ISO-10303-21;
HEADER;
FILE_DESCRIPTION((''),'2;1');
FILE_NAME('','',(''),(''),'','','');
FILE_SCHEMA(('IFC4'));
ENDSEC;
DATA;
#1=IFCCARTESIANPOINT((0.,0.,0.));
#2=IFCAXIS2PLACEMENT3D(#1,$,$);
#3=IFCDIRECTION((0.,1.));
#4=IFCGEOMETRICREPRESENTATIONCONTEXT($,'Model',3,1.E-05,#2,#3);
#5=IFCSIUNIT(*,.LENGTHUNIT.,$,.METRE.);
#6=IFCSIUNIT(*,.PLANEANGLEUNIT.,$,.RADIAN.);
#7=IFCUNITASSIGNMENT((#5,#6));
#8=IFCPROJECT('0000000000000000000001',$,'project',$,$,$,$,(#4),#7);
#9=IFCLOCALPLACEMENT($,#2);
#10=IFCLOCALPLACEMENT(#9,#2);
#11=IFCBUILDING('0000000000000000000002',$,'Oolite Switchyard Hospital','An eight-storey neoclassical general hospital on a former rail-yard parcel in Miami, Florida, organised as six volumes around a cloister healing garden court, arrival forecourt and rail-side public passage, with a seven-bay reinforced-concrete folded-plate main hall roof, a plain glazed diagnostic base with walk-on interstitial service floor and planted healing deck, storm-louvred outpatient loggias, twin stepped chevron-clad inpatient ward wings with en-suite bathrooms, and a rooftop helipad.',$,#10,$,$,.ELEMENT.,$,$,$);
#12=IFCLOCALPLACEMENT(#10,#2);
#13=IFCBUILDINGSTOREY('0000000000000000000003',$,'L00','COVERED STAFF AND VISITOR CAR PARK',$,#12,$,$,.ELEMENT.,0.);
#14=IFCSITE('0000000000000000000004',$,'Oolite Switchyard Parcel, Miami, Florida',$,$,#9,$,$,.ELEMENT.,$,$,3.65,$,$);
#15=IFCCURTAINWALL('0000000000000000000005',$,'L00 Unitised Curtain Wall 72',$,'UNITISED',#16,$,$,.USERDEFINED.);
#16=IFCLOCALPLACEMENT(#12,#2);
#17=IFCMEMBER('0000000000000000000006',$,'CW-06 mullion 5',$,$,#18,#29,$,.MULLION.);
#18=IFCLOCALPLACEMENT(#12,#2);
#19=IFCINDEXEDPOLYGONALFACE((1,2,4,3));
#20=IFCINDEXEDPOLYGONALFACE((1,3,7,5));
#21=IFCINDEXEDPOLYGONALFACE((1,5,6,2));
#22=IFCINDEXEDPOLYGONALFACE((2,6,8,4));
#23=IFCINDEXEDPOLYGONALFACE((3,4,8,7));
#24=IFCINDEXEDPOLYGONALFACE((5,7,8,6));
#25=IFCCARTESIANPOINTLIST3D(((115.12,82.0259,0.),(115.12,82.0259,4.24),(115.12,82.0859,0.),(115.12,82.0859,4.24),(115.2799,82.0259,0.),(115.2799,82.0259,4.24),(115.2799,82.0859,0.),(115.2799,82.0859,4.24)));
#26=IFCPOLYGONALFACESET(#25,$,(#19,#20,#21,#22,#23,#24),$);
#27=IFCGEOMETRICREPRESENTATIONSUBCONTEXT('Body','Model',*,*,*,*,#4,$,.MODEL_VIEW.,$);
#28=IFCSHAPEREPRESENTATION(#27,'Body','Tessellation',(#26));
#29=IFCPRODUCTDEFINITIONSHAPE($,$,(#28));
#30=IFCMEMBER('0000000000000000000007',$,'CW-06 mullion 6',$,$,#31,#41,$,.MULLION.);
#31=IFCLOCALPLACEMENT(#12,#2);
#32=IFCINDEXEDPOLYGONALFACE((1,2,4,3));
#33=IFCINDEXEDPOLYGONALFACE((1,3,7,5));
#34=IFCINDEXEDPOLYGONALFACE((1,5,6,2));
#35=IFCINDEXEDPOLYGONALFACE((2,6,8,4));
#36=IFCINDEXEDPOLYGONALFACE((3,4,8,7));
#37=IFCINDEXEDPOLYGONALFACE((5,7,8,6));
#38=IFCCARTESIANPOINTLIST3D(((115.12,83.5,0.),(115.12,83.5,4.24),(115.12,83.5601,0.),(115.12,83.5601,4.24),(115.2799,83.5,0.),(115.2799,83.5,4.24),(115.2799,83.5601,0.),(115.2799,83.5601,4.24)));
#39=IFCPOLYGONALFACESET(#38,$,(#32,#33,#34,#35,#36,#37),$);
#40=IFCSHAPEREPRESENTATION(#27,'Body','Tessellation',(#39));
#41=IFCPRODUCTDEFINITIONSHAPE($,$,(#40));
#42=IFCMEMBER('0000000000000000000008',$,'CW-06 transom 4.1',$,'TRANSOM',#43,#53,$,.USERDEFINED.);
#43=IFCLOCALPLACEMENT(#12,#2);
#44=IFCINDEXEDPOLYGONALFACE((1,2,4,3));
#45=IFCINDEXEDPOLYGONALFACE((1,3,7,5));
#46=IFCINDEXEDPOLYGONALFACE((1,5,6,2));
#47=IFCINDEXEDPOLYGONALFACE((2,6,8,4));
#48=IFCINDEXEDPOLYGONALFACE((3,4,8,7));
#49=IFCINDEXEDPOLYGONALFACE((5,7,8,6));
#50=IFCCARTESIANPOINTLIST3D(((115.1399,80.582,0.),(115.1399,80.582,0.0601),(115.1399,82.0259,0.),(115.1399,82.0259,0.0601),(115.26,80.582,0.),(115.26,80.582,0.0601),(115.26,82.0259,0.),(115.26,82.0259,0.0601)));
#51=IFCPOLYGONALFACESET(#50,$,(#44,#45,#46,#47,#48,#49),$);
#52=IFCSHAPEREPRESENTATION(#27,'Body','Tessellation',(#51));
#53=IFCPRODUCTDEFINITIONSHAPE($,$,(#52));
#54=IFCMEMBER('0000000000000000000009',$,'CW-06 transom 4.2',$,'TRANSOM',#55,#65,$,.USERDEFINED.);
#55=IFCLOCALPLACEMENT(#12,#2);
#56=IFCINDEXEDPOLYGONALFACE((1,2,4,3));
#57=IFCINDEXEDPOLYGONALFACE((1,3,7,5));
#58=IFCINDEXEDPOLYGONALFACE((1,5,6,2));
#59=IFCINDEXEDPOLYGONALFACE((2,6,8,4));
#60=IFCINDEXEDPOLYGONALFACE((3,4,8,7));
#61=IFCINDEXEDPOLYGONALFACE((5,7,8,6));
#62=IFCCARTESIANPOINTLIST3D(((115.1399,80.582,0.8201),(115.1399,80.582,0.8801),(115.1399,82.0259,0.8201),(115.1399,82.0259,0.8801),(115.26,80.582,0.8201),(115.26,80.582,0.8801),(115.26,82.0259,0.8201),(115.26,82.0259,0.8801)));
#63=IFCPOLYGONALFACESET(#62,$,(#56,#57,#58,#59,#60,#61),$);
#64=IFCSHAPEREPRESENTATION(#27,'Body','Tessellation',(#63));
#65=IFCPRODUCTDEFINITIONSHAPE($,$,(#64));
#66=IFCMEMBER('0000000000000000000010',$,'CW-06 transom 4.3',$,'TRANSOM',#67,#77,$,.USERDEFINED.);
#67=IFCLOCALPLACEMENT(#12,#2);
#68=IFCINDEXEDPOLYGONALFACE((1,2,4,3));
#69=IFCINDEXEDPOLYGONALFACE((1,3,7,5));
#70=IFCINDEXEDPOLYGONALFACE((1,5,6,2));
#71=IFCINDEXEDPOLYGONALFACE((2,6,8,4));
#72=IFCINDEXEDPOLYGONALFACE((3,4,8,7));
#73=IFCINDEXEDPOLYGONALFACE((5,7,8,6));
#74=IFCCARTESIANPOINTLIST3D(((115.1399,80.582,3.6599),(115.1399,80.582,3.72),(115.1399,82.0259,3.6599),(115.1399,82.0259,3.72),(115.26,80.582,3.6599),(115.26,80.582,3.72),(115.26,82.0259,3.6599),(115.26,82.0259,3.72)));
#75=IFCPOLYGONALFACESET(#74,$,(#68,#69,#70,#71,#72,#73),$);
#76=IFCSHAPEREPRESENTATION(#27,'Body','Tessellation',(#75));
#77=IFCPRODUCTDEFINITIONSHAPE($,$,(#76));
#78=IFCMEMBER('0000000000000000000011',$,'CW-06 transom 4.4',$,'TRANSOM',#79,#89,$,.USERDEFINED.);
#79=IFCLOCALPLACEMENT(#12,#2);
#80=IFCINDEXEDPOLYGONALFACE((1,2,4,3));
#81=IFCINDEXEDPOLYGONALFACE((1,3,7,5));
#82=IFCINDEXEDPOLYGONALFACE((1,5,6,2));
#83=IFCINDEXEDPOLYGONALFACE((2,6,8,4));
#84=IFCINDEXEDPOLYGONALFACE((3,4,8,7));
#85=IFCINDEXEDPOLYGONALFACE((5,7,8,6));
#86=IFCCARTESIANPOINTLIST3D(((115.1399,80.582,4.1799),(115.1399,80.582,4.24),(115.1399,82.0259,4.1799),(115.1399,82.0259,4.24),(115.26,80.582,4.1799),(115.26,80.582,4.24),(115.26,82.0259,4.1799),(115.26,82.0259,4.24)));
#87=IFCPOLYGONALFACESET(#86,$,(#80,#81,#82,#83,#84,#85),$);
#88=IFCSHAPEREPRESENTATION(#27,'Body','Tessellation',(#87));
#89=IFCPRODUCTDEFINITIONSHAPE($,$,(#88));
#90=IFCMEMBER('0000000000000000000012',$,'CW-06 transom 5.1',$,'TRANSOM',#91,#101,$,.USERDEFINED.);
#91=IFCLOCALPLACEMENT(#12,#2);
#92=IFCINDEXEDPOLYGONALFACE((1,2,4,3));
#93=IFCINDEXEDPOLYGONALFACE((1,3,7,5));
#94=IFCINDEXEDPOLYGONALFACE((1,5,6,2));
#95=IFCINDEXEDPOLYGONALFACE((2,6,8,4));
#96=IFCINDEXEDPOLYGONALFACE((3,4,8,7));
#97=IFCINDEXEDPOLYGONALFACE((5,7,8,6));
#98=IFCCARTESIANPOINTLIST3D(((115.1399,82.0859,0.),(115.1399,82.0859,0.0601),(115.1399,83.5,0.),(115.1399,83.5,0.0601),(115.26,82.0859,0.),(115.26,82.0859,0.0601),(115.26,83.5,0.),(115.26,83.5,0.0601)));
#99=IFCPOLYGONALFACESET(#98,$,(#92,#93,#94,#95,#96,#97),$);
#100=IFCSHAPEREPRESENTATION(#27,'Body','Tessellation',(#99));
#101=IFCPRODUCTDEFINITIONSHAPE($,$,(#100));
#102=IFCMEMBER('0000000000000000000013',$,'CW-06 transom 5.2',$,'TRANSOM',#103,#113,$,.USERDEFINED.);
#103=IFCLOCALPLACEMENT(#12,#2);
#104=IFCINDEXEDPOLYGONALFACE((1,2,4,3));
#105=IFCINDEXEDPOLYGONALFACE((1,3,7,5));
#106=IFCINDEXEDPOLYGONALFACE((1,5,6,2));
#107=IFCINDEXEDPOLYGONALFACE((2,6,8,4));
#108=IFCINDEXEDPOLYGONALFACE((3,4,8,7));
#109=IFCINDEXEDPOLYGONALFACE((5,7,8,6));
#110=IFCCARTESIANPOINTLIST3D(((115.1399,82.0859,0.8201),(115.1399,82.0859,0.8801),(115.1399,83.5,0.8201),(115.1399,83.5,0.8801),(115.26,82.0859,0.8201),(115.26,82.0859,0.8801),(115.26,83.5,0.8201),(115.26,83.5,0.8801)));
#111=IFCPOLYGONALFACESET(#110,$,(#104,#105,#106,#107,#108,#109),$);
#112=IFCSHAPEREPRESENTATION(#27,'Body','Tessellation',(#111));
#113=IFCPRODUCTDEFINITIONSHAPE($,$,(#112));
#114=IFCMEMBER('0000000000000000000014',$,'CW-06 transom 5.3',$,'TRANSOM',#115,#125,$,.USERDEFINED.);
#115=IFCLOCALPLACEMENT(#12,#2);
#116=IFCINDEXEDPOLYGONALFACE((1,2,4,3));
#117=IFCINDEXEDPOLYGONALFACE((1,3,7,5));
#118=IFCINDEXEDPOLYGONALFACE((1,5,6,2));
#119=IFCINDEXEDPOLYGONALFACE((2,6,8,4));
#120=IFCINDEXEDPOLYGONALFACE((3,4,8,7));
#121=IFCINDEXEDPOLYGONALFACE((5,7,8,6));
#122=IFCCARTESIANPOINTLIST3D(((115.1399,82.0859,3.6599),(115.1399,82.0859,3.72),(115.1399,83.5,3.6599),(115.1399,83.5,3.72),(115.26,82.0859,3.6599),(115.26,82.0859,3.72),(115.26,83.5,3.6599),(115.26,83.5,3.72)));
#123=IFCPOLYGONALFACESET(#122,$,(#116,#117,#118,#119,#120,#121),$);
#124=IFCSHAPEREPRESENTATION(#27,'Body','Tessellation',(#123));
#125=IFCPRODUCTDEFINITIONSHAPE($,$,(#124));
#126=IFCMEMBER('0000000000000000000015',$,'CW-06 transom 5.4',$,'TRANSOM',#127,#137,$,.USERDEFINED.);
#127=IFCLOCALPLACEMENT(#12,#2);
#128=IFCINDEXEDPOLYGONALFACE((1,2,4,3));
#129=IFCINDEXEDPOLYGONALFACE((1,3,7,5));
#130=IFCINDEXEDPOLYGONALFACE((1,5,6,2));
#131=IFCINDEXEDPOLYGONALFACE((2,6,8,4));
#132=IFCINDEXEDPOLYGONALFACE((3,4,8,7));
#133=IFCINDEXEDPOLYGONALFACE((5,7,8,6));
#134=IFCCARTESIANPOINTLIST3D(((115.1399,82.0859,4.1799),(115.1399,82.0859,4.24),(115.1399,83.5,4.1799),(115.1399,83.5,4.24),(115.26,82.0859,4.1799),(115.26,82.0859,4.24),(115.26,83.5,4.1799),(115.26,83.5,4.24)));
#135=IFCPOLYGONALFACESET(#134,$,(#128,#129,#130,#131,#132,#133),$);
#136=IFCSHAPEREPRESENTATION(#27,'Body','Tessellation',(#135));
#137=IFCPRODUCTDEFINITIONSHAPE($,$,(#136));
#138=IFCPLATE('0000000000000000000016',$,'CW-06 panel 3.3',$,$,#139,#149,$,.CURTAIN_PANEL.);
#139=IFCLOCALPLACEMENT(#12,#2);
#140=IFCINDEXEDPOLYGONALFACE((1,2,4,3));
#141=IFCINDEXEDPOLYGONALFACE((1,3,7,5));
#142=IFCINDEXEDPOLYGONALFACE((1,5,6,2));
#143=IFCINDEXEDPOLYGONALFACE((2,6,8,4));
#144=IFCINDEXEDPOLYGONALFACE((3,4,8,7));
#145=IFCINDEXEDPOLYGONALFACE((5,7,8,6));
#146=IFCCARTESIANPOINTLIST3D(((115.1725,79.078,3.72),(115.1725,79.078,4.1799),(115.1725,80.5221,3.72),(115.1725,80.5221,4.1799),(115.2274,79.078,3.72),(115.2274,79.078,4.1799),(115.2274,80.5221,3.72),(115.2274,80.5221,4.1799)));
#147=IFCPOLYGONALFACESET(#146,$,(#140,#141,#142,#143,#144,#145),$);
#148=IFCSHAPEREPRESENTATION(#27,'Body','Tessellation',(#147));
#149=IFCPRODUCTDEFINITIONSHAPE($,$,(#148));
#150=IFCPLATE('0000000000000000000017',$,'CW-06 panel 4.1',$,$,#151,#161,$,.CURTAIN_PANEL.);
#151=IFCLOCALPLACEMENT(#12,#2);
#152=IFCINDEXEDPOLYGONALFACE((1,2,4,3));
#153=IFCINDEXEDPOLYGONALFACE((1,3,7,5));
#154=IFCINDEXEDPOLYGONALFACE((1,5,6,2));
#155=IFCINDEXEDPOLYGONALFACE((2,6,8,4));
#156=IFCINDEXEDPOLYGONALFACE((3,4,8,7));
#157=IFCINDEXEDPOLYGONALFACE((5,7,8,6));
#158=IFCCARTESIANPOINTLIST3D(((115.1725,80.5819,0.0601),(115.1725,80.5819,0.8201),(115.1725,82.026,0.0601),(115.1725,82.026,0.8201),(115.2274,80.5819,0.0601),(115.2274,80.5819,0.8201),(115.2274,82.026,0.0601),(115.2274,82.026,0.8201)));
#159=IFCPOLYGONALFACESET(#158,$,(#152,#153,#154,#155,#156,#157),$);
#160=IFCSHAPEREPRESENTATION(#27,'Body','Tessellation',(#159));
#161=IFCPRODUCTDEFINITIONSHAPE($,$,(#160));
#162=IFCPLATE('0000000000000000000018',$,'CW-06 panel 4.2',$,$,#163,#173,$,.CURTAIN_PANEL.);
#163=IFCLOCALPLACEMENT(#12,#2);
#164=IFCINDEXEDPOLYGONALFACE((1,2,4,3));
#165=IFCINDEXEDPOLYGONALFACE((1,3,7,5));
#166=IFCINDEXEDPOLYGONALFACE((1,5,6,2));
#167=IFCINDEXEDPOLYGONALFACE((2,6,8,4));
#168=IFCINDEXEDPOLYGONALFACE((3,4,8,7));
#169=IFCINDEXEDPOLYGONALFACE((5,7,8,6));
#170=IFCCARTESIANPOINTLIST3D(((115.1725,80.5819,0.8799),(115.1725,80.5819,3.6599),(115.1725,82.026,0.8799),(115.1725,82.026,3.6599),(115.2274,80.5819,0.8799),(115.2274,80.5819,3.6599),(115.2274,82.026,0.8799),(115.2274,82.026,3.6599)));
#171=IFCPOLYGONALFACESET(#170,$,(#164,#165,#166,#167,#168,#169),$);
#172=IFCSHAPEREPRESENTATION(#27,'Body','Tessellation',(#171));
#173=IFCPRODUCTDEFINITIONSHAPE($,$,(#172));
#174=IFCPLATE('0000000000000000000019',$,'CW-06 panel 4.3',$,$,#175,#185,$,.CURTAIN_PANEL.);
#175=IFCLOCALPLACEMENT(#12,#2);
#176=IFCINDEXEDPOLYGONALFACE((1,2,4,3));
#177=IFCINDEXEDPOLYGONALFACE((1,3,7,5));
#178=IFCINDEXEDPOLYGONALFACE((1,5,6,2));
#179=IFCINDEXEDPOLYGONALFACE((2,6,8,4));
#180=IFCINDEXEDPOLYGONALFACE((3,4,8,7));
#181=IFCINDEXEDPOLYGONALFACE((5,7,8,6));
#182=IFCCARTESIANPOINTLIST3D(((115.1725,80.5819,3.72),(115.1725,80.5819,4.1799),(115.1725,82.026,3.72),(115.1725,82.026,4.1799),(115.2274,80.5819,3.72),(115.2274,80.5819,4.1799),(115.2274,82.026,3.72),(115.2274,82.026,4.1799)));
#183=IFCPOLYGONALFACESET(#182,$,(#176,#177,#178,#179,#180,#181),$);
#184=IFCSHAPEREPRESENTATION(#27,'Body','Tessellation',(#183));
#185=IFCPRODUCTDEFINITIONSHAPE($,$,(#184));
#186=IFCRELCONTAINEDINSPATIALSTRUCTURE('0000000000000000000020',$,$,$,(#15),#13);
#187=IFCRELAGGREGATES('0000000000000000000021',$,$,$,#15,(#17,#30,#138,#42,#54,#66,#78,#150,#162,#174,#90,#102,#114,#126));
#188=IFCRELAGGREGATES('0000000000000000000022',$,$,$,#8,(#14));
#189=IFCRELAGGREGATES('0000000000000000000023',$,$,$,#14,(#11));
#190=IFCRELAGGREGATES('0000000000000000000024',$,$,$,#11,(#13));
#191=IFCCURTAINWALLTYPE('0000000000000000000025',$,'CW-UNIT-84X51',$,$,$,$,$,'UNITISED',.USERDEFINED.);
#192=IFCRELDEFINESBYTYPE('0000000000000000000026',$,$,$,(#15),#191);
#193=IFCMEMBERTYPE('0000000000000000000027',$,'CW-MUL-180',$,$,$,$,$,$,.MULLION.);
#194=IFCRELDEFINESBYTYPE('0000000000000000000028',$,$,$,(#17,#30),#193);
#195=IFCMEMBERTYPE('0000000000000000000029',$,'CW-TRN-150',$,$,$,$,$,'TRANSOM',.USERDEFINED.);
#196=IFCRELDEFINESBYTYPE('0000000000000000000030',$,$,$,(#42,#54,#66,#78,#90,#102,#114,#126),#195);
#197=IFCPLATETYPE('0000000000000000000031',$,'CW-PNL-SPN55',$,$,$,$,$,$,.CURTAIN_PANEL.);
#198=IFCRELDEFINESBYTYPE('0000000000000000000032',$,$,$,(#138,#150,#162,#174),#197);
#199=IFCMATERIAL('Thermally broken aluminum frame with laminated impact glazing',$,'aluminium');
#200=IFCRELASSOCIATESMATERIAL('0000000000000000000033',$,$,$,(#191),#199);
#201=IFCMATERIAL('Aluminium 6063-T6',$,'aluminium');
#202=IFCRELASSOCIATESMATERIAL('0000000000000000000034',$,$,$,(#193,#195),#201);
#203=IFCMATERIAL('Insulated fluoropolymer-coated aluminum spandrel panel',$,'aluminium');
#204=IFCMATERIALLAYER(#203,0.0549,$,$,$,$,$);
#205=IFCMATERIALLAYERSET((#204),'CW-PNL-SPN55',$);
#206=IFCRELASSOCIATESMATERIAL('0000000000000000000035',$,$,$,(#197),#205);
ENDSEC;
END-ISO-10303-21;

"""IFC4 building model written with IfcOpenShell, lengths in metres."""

from ifc_helpers import new_model, si_unit, direction, frame, origin, origin_2d, place, context, subcontext, project, spatial, rectangle, extrude, material, layer, layer_set, material_profile, profile_set, type_object, element, aggregate, save


model = new_model("IFC4")

# Units and contexts
model_context = context("Model", 3, precision=1e-05, world=origin(), true_north=direction((0.0, 1.0)))
body_context = subcontext(model_context, "Body", "Model", "MODEL_VIEW")
ifc_project = project(units=[si_unit("LENGTHUNIT", "METRE"), si_unit("PLANEANGLEUNIT", "RADIAN")], contexts=[model_context])

# Site, building, storey
site_placement = place(None, origin())
site = spatial("IfcSite", under=ifc_project, at=site_placement, Name="Oolite Switchyard Parcel, Miami, Florida", CompositionType="ELEMENT", RefElevation=3.65)
building_placement = place(site_placement, origin())
building = spatial("IfcBuilding", under=site, at=building_placement, Name="Oolite Switchyard Hospital", Description="An eight-storey neoclassical general hospital on a former rail-yard parcel in Miami, Florida, organised as six volumes around a cloister healing garden court, arrival forecourt and rail-side public passage, with a seven-bay reinforced-concrete folded-plate main hall roof, a plain glazed diagnostic base with walk-on interstitial service floor and planted healing deck, storm-louvred outpatient loggias, twin stepped chevron-clad inpatient ward wings with en-suite bathrooms, and a rooftop helipad.", CompositionType="ELEMENT")
storey_placement = place(building_placement, origin())
storey = spatial("IfcBuildingStorey", under=building, at=storey_placement, Name="L00", Description="COVERED STAFF AND VISITOR CAR PARK", CompositionType="ELEMENT", Elevation=0.0)

# Curtain wall, members, plates
ifc_material_1 = material(Name="Thermally broken aluminum frame with laminated impact glazing", Category="aluminium")
curtain_wall_type = type_object("IfcCurtainWallType", Name="CW-UNIT-84X51", ElementType="UNITISED", PredefinedType="USERDEFINED", material=ifc_material_1)
curtain_wall_placement = place(storey_placement, origin())
curtain_wall = element("IfcCurtainWall", 1, at=curtain_wall_placement, inside=storey, type_object=curtain_wall_type, Name="L00 Unitised Curtain Wall 72", ObjectType="UNITISED", PredefinedType="USERDEFINED")
ifc_material_2 = material(Name="Aluminium 6063-T6", Category="aluminium")
ifc_material_profile_1 = material_profile(ifc_material_2, rectangle(XDim=0.1599, YDim=0.0601, at=origin_2d()), Name="CWM60X160")
ifc_profile_set_1 = profile_set([ifc_material_profile_1], Name="Aluminium 6063-T6")
member_type_1 = type_object("IfcMemberType", Name="CW-MUL-180", PredefinedType="MULLION", material=ifc_profile_set_1)
member_1_placement = place(storey_placement, frame((115.2, 82.0559, 0.0), z_axis=(0.0, 0.0, 1.0), x_axis=(-1.0, 0.0, 0.0)))
member_1 = element("IfcMember", 2, at=member_1_placement, type_object=member_type_1, Name="CW-06 mullion 5", PredefinedType="MULLION", context=body_context, shape_type="SweptSolid", body=[
    extrude(rectangle(XDim=0.1599, YDim=0.0601, at=origin_2d()), origin(), (0.0, 0.0, 1.0), 4.24),
])
member_2_placement = place(storey_placement, frame((115.2, 83.53, 0.0), z_axis=(0.0, 0.0, 1.0), x_axis=(-1.0, 0.0, 0.0)))
member_2 = element("IfcMember", 3, at=member_2_placement, type_object=member_type_1, Name="CW-06 mullion 6", PredefinedType="MULLION", context=body_context, shape_type="SweptSolid", body=[
    extrude(rectangle(XDim=0.1599, YDim=0.0601, at=origin_2d()), origin(), (0.0, 0.0, 1.0), 4.24),
])
ifc_material_profile_2 = material_profile(ifc_material_2, rectangle(XDim=0.1201, YDim=0.0601, at=origin_2d()), Name="CWT60X120")
ifc_profile_set_2 = profile_set([ifc_material_profile_2], Name="Aluminium 6063-T6")
member_type_2 = type_object("IfcMemberType", Name="CW-TRN-150", ElementType="TRANSOM", PredefinedType="USERDEFINED", material=ifc_profile_set_2)
member_3_placement = place(storey_placement, frame((115.2, 80.582, 0.03), z_axis=(0.0, 1.0, 0.0), x_axis=(-1.0, 0.0, 0.0)))
member_3 = element("IfcMember", 4, at=member_3_placement, type_object=member_type_2, Name="CW-06 transom 4.1", ObjectType="TRANSOM", PredefinedType="USERDEFINED", context=body_context, shape_type="SweptSolid", body=[
    extrude(rectangle(XDim=0.1201, YDim=0.0601, at=origin_2d()), origin(), (0.0, 0.0, 1.0), 1.4438),
])
member_4_placement = place(storey_placement, frame((115.2, 80.582, 0.8501), z_axis=(0.0, 1.0, 0.0), x_axis=(-1.0, 0.0, 0.0)))
member_4 = element("IfcMember", 5, at=member_4_placement, type_object=member_type_2, Name="CW-06 transom 4.2", ObjectType="TRANSOM", PredefinedType="USERDEFINED", context=body_context, shape_type="SweptSolid", body=[
    extrude(rectangle(XDim=0.1201, YDim=0.0601, at=origin_2d()), origin(), (0.0, 0.0, 1.0), 1.4438),
])
member_5_placement = place(storey_placement, frame((115.2, 80.582, 3.6899), z_axis=(0.0, 1.0, 0.0), x_axis=(-1.0, 0.0, 0.0)))
member_5 = element("IfcMember", 6, at=member_5_placement, type_object=member_type_2, Name="CW-06 transom 4.3", ObjectType="TRANSOM", PredefinedType="USERDEFINED", context=body_context, shape_type="SweptSolid", body=[
    extrude(rectangle(XDim=0.1201, YDim=0.0601, at=origin_2d()), origin(), (0.0, 0.0, 1.0), 1.4438),
])
member_6_placement = place(storey_placement, frame((115.2, 80.582, 4.21), z_axis=(0.0, 1.0, 0.0), x_axis=(-1.0, 0.0, 0.0)))
member_6 = element("IfcMember", 7, at=member_6_placement, type_object=member_type_2, Name="CW-06 transom 4.4", ObjectType="TRANSOM", PredefinedType="USERDEFINED", context=body_context, shape_type="SweptSolid", body=[
    extrude(rectangle(XDim=0.1201, YDim=0.0601, at=origin_2d()), origin(), (0.0, 0.0, 1.0), 1.4438),
])
member_7_placement = place(storey_placement, frame((115.2, 82.0859, 0.03), z_axis=(0.0, 1.0, 0.0), x_axis=(-1.0, 0.0, 0.0)))
member_7 = element("IfcMember", 8, at=member_7_placement, type_object=member_type_2, Name="CW-06 transom 5.1", ObjectType="TRANSOM", PredefinedType="USERDEFINED", context=body_context, shape_type="SweptSolid", body=[
    extrude(rectangle(XDim=0.1201, YDim=0.0601, at=origin_2d()), origin(), (0.0, 0.0, 1.0), 1.4141),
])
member_8_placement = place(storey_placement, frame((115.2, 82.0859, 0.8501), z_axis=(0.0, 1.0, 0.0), x_axis=(-1.0, 0.0, 0.0)))
member_8 = element("IfcMember", 9, at=member_8_placement, type_object=member_type_2, Name="CW-06 transom 5.2", ObjectType="TRANSOM", PredefinedType="USERDEFINED", context=body_context, shape_type="SweptSolid", body=[
    extrude(rectangle(XDim=0.1201, YDim=0.0601, at=origin_2d()), origin(), (0.0, 0.0, 1.0), 1.4141),
])
member_9_placement = place(storey_placement, frame((115.2, 82.0859, 3.6899), z_axis=(0.0, 1.0, 0.0), x_axis=(-1.0, 0.0, 0.0)))
member_9 = element("IfcMember", 10, at=member_9_placement, type_object=member_type_2, Name="CW-06 transom 5.3", ObjectType="TRANSOM", PredefinedType="USERDEFINED", context=body_context, shape_type="SweptSolid", body=[
    extrude(rectangle(XDim=0.1201, YDim=0.0601, at=origin_2d()), origin(), (0.0, 0.0, 1.0), 1.4141),
])
member_10_placement = place(storey_placement, frame((115.2, 82.0859, 4.21), z_axis=(0.0, 1.0, 0.0), x_axis=(-1.0, 0.0, 0.0)))
member_10 = element("IfcMember", 11, at=member_10_placement, type_object=member_type_2, Name="CW-06 transom 5.4", ObjectType="TRANSOM", PredefinedType="USERDEFINED", context=body_context, shape_type="SweptSolid", body=[
    extrude(rectangle(XDim=0.1201, YDim=0.0601, at=origin_2d()), origin(), (0.0, 0.0, 1.0), 1.4141),
])
ifc_material_3 = material(Name="Insulated fluoropolymer-coated aluminum spandrel panel", Category="aluminium")
ifc_layer_1 = layer(ifc_material_3, 0.0549)
ifc_layer_set_1 = layer_set([ifc_layer_1], Name="CW-PNL-SPN55")
plate_type = type_object("IfcPlateType", Name="CW-PNL-SPN55", PredefinedType="CURTAIN_PANEL", material=ifc_layer_set_1)
plate_1_placement = place(storey_placement, frame((115.2, 79.8, 3.72), z_axis=(0.0, 0.0, 1.0), x_axis=(0.0, 1.0, 0.0)))
plate_1 = element("IfcPlate", 12, at=plate_1_placement, type_object=plate_type, Name="CW-06 panel 3.3", PredefinedType="CURTAIN_PANEL", context=body_context, shape_type="SweptSolid", body=[
    extrude(rectangle(XDim=1.4441, YDim=0.0549, at=origin_2d()), origin(), (0.0, 0.0, 1.0), 0.46),
])
plate_2_placement = place(storey_placement, frame((115.2, 81.304, 0.0601), z_axis=(0.0, 0.0, 1.0), x_axis=(0.0, 1.0, 0.0)))
plate_2 = element("IfcPlate", 13, at=plate_2_placement, type_object=plate_type, Name="CW-06 panel 4.1", PredefinedType="CURTAIN_PANEL", context=body_context, shape_type="SweptSolid", body=[
    extrude(rectangle(XDim=1.4441, YDim=0.0549, at=origin_2d()), origin(), (0.0, 0.0, 1.0), 0.76),
])
plate_3_placement = place(storey_placement, frame((115.2, 81.304, 0.8799), z_axis=(0.0, 0.0, 1.0), x_axis=(0.0, 1.0, 0.0)))
plate_3 = element("IfcPlate", 14, at=plate_3_placement, type_object=plate_type, Name="CW-06 panel 4.2", PredefinedType="CURTAIN_PANEL", context=body_context, shape_type="SweptSolid", body=[
    extrude(rectangle(XDim=1.4441, YDim=0.0549, at=origin_2d()), origin(), (0.0, 0.0, 1.0), 2.78),
])
plate_4_placement = place(storey_placement, frame((115.2, 81.304, 3.72), z_axis=(0.0, 0.0, 1.0), x_axis=(0.0, 1.0, 0.0)))
plate_4 = element("IfcPlate", 15, at=plate_4_placement, type_object=plate_type, Name="CW-06 panel 4.3", PredefinedType="CURTAIN_PANEL", context=body_context, shape_type="SweptSolid", body=[
    extrude(rectangle(XDim=1.4441, YDim=0.0549, at=origin_2d()), origin(), (0.0, 0.0, 1.0), 0.46),
])
aggregate(curtain_wall, [member_1, member_2, plate_1, member_3, member_4, member_5, member_6, plate_2, plate_3, plate_4, member_7, member_8, member_9, member_10])

save(model, "model.ifc")
